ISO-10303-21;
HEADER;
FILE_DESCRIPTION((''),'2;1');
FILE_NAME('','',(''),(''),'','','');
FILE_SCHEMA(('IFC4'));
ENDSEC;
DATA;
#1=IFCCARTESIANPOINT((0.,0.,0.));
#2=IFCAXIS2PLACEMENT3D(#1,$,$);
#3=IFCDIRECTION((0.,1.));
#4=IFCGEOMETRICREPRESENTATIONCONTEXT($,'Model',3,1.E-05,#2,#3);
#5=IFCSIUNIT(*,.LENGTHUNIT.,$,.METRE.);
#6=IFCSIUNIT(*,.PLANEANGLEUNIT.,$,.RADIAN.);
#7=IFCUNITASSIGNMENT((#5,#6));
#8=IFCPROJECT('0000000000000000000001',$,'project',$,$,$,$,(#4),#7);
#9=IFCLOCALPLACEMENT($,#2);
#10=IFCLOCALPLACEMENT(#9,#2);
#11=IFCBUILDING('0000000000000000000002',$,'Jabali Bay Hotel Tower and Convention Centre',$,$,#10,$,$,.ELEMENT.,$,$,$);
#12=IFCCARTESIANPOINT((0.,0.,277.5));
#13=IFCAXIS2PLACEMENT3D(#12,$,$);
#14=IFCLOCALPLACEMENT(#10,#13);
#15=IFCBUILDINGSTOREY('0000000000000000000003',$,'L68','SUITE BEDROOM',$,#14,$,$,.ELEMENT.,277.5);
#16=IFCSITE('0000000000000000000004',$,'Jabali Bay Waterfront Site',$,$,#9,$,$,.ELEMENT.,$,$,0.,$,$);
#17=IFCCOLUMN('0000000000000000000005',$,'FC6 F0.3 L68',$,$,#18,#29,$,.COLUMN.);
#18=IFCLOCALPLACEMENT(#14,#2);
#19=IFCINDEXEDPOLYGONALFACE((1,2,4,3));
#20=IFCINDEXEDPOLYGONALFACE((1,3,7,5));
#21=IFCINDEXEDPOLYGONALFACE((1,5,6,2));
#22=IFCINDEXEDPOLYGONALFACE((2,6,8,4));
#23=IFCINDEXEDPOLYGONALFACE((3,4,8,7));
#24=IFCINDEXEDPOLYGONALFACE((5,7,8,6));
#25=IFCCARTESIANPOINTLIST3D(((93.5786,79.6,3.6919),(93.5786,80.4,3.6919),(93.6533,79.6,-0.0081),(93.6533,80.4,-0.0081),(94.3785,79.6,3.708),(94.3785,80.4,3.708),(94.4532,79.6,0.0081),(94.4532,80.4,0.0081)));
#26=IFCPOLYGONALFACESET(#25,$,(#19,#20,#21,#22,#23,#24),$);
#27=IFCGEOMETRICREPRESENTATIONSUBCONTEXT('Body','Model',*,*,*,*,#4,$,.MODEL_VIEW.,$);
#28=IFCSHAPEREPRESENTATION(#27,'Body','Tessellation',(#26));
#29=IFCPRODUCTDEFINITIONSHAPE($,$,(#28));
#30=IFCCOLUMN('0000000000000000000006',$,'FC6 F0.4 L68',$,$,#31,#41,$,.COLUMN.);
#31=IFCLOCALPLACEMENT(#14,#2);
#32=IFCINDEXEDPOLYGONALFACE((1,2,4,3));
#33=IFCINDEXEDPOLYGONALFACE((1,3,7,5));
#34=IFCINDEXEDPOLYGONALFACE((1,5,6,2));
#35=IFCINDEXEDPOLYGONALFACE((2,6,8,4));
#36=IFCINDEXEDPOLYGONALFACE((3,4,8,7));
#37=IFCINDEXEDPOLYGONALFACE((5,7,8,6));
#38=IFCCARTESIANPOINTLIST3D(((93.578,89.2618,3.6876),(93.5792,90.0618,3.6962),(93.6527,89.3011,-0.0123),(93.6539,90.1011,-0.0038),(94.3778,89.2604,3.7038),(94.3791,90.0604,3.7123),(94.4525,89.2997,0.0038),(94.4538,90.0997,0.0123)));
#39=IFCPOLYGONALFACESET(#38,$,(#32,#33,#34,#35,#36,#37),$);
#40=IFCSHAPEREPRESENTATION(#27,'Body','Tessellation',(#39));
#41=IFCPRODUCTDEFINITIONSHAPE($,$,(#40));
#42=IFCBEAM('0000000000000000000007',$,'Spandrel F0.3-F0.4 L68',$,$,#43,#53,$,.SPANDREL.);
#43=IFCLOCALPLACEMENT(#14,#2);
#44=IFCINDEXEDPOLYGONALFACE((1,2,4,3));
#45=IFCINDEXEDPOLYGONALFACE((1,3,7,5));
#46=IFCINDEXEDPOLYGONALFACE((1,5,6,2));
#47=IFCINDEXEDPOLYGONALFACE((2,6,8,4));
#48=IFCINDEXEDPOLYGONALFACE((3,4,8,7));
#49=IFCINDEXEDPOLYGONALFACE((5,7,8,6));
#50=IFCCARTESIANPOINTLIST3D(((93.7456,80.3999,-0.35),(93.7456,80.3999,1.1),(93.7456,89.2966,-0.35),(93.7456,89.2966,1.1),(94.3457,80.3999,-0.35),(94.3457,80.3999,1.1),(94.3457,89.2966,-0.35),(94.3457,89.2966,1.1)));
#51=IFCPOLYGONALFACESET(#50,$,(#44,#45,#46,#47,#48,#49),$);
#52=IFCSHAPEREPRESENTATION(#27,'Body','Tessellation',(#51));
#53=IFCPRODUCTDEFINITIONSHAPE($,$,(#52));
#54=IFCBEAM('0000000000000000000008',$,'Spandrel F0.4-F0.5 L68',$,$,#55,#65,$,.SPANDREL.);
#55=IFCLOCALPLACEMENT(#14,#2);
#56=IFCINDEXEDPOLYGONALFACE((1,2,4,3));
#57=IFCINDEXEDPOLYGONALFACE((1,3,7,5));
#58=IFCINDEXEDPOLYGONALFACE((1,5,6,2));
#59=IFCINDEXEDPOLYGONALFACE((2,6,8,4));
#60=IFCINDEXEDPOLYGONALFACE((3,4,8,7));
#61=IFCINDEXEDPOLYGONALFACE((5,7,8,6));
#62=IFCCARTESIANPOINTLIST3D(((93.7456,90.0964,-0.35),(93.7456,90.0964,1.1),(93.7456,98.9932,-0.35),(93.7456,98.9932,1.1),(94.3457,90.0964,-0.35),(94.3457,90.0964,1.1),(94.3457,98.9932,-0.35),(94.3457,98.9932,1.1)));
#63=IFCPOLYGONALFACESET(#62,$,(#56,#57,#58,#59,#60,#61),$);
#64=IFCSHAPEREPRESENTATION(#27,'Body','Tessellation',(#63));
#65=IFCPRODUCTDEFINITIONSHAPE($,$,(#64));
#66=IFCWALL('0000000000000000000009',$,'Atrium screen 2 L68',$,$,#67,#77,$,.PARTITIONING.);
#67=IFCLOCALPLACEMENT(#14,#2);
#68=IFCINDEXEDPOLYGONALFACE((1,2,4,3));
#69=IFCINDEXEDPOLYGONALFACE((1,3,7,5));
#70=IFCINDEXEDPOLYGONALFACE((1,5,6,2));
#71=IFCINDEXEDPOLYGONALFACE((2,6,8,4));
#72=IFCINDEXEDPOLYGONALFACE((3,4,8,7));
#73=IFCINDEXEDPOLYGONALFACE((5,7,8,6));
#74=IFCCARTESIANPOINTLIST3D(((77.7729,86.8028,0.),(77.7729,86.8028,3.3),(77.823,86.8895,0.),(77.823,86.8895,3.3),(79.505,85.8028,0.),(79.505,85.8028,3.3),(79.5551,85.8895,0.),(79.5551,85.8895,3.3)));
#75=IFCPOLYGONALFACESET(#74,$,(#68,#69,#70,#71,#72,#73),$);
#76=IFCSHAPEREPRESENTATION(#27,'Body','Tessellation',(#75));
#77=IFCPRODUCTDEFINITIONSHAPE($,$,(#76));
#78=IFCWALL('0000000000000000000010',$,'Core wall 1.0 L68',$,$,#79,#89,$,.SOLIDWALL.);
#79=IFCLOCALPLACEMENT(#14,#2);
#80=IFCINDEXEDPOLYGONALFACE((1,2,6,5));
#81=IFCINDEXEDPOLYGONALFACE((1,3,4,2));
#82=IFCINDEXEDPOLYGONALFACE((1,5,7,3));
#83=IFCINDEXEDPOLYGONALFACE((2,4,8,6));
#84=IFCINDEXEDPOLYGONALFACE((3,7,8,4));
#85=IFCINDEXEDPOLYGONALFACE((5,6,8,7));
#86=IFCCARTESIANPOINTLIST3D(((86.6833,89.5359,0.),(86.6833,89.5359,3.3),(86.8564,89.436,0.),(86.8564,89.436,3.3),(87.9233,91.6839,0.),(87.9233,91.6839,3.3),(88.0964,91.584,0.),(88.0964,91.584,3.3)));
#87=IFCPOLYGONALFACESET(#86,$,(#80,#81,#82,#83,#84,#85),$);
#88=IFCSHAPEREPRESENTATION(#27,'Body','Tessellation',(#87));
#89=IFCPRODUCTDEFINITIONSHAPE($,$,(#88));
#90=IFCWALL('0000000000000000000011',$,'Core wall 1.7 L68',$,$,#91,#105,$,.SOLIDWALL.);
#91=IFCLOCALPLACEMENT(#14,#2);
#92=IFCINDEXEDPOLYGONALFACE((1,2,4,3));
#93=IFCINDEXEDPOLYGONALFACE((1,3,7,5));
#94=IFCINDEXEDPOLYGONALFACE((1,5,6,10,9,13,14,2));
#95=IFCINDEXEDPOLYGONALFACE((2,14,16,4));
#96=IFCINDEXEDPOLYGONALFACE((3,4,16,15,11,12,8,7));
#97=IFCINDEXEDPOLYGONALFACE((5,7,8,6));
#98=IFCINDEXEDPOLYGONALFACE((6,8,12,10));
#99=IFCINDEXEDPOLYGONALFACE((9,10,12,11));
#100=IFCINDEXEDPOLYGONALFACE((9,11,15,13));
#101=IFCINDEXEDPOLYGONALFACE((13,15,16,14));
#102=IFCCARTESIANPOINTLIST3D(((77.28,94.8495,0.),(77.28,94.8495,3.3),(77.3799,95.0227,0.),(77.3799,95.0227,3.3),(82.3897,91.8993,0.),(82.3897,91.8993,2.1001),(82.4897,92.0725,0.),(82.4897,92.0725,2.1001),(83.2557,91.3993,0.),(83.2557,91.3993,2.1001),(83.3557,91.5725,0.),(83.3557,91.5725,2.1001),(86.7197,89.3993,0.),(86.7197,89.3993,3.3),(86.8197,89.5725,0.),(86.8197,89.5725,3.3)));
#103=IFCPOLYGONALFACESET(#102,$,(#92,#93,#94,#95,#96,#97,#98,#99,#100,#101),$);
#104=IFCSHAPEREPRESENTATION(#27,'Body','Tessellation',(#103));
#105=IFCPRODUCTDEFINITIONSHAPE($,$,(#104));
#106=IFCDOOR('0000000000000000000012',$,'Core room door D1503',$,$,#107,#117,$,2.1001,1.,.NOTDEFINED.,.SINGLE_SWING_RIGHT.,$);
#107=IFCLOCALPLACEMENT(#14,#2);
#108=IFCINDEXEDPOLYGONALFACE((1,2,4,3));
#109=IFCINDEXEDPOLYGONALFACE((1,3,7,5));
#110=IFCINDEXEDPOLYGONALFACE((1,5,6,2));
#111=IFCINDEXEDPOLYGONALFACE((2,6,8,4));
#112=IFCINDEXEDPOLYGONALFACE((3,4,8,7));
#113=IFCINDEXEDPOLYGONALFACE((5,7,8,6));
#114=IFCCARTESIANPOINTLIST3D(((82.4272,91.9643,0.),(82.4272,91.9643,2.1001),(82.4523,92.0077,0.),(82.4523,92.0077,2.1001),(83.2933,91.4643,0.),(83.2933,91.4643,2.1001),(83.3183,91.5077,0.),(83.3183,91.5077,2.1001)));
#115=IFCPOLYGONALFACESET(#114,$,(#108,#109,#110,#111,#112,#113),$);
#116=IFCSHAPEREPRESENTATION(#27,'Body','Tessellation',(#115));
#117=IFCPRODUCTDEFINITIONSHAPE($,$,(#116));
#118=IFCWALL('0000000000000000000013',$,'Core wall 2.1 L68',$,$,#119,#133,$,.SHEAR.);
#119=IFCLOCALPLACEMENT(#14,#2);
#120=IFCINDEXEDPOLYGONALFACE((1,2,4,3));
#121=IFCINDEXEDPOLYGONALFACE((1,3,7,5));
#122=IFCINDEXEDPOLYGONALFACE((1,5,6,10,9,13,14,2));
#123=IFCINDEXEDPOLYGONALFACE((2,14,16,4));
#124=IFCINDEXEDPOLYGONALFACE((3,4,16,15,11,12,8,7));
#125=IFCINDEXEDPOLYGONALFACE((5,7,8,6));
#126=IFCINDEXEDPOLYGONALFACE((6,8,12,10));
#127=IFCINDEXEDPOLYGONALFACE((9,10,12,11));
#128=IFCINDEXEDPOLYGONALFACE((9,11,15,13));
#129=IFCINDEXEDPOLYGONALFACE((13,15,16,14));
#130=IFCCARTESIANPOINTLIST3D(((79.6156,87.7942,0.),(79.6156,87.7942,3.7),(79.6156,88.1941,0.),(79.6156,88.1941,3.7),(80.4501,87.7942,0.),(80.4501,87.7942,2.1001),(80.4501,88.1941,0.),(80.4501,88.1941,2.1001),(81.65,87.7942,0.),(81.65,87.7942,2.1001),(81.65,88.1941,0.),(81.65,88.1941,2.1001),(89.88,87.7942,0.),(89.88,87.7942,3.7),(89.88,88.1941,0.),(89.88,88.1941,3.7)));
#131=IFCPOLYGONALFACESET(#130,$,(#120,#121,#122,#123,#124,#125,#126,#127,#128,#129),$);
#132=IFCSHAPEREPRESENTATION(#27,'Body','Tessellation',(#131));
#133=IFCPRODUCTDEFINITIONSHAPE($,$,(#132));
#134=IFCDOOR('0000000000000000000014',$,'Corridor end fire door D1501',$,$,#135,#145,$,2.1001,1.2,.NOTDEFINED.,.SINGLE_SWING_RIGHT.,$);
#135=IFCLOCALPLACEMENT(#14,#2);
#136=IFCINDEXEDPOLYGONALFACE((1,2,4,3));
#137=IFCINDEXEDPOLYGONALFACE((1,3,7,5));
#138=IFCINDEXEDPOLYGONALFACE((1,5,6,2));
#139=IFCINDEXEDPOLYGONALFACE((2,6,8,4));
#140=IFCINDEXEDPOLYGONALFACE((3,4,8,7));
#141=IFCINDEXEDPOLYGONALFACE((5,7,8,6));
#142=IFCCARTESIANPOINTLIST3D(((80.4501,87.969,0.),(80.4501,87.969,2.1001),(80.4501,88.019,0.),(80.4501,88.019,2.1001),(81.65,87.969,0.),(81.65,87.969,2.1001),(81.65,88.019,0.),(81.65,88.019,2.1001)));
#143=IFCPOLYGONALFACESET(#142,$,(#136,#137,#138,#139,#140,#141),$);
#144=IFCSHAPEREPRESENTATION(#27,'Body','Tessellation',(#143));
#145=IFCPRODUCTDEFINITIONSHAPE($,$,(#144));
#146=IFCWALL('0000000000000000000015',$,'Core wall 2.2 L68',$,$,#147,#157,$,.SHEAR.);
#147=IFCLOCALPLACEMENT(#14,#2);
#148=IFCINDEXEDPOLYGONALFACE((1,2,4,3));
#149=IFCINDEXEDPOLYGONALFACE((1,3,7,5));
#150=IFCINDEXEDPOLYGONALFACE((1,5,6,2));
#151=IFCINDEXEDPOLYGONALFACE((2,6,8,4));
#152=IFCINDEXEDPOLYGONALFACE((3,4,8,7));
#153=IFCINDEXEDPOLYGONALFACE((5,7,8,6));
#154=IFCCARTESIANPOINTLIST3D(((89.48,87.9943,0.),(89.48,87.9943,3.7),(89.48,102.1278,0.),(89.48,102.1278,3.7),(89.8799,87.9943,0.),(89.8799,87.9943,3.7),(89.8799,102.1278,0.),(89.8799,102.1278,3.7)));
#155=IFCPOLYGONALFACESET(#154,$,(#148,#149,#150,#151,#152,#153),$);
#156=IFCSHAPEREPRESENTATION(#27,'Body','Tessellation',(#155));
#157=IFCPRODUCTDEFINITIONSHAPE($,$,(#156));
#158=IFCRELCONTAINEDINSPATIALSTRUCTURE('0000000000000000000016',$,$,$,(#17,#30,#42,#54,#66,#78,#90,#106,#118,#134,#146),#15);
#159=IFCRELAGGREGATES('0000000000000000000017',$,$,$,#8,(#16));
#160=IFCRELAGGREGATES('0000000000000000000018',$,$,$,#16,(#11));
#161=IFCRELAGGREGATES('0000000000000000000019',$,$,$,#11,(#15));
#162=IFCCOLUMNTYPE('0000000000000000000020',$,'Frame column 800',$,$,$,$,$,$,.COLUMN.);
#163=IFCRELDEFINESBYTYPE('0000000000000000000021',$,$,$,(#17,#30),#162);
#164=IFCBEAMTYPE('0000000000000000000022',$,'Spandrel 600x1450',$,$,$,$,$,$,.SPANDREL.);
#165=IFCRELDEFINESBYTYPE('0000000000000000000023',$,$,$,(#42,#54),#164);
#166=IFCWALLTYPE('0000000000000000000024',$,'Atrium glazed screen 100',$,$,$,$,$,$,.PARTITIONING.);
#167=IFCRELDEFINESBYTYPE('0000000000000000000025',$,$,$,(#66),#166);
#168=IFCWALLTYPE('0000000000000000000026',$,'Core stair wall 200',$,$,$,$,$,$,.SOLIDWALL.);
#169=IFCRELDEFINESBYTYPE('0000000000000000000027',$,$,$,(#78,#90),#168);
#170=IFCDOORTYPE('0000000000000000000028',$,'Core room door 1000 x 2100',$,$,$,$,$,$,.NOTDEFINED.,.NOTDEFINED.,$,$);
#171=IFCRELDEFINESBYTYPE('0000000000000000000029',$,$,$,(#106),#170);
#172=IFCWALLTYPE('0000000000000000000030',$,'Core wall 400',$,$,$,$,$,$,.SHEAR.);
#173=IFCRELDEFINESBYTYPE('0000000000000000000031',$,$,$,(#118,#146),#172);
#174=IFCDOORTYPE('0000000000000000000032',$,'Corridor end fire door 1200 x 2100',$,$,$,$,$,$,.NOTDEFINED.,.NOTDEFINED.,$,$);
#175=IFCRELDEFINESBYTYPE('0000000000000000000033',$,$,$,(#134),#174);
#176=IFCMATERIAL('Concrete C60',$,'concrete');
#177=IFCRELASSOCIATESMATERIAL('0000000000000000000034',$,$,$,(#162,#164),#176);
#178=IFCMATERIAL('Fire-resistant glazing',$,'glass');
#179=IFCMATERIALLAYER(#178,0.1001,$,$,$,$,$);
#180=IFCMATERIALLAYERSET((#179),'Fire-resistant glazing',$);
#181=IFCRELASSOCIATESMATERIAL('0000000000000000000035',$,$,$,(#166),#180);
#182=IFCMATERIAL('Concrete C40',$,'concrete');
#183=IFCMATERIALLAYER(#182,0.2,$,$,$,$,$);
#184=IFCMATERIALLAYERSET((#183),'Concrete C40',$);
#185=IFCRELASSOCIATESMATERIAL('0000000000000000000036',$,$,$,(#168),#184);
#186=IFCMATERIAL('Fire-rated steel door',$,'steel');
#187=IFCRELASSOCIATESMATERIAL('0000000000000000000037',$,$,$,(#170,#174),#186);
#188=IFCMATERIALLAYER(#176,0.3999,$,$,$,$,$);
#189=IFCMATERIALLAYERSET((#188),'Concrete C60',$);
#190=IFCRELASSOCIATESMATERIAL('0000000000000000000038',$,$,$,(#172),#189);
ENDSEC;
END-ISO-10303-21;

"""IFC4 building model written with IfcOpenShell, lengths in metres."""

from ifc_helpers import new_model, si_unit, direction, frame, frame_2d, origin, origin_2d, place, context, subcontext, project, spatial, rectangle, extrude, material, layer, layer_set, material_profile, profile_set, type_object, element, fill, save


model = new_model("IFC4")

# Units and contexts
model_context = context("Model", 3, precision=1e-05, world=origin(), true_north=direction((0.0, 1.0)))
body_context = subcontext(model_context, "Body", "Model", "MODEL_VIEW")
ifc_project = project(units=[si_unit("LENGTHUNIT", "METRE"), si_unit("PLANEANGLEUNIT", "RADIAN")], contexts=[model_context])

# Site, building, storey
site_placement = place(None, origin())
site = spatial("IfcSite", under=ifc_project, at=site_placement, Name="Jabali Bay Waterfront Site", CompositionType="ELEMENT", RefElevation=0.0)
building_placement = place(site_placement, origin())
building = spatial("IfcBuilding", under=site, at=building_placement, Name="Jabali Bay Hotel Tower and Convention Centre", CompositionType="ELEMENT")
storey_placement = place(building_placement, frame((0.0, 0.0, 277.5)))
storey = spatial("IfcBuildingStorey", under=building, at=storey_placement, Name="L68", Description="SUITE BEDROOM", CompositionType="ELEMENT", Elevation=277.5)

# Columns
ifc_material_1 = material(Name="Concrete C60", Category="concrete")
ifc_material_profile_1 = material_profile(ifc_material_1, rectangle(XDim=0.8, YDim=0.8, at=origin_2d()), Name="Frame column 800")
ifc_profile_set_1 = profile_set([ifc_material_profile_1], Name="Concrete C60")
column_type = type_object("IfcColumnType", Name="Frame column 800", PredefinedType="COLUMN", material=ifc_profile_set_1)
column_1_placement = place(storey_placement, frame((94.0532, 80.0, 0.0), z_axis=(-0.020187, 0.0, 0.999796), x_axis=(0.0, -1.0, 0.0)))
element("IfcColumn", 1, at=column_1_placement, inside=storey, type_object=column_type, Name="FC6 F0.3 L68", PredefinedType="COLUMN", context=body_context, shape_type="SweptSolid", body=[
    extrude(rectangle(XDim=0.8, YDim=0.8, at=origin_2d()), origin(), (0.0, 0.0, 1.0), 3.7007),
])
column_2_placement = place(storey_placement, frame((94.0532, 89.7004, 0.0), z_axis=(-0.020186, -0.010621, 0.99974), x_axis=(0.999795, -0.001752, 0.020169)))
element("IfcColumn", 2, at=column_2_placement, inside=storey, type_object=column_type, Name="FC6 F0.4 L68", PredefinedType="COLUMN", context=body_context, shape_type="SweptSolid", body=[
    extrude(rectangle(XDim=0.8, YDim=0.8, at=origin_2d()), origin(), (0.0, 0.0, 1.0), 3.7009),
])

# Beams
ifc_material_profile_2 = material_profile(ifc_material_1, rectangle(XDim=0.6001, YDim=1.45, at=origin_2d()), Name="Spandrel 600x1450")
ifc_profile_set_2 = profile_set([ifc_material_profile_2], Name="Concrete C60")
beam_type = type_object("IfcBeamType", Name="Spandrel 600x1450", PredefinedType="SPANDREL", material=ifc_profile_set_2)
for number, where, z_axis, x_axis, name in (
    (3, (94.0457, 80.3999, 0.375), (0.0, 1.0, 0.0), (-1.0, 0.0, 0.0), "Spandrel F0.3-F0.4 L68"),
    (4, (94.0457, 90.0964, 0.375), (0.0, 1.0, 0.0), (-1.0, 0.0, 0.0), "Spandrel F0.4-F0.5 L68"),
):
    element("IfcBeam", number, at=place(storey_placement, frame(where, z_axis=z_axis, x_axis=x_axis)), inside=storey, type_object=beam_type, Name=name, PredefinedType="SPANDREL", context=body_context, shape_type="SweptSolid", body=[
        extrude(rectangle(XDim=0.6001, YDim=1.45, at=origin_2d()), origin(), (0.0, 0.0, 1.0), 8.8967),
    ])

# Walls
ifc_material_2 = material(Name="Fire-resistant glazing", Category="glass")
ifc_layer_1 = layer(ifc_material_2, 0.1001)
ifc_layer_set_1 = layer_set([ifc_layer_1], Name="Fire-resistant glazing")
wall_type_1 = type_object("IfcWallType", Name="Atrium glazed screen 100", PredefinedType="PARTITIONING", material=ifc_layer_set_1)
wall_1_placement = place(storey_placement, frame((79.53, 85.8462, 0.0), z_axis=(0.0, 0.0, 1.0), x_axis=(-0.866041, 0.499973, 0.0)))
element("IfcWall", 5, at=wall_1_placement, inside=storey, type_object=wall_type_1, Name="Atrium screen 2 L68", PredefinedType="PARTITIONING", context=body_context, shape_type="SweptSolid", body=[
    extrude(rectangle(XDim=2.0, YDim=0.1001, at=frame_2d((1.0, 0.0))), origin(), (0.0, 0.0, 1.0), 3.3),
])
ifc_material_3 = material(Name="Concrete C40", Category="concrete")
ifc_layer_2 = layer(ifc_material_3, 0.2)
ifc_layer_set_2 = layer_set([ifc_layer_2], Name="Concrete C40")
wall_type_2 = type_object("IfcWallType", Name="Core stair wall 200", PredefinedType="SOLIDWALL", material=ifc_layer_set_2)
wall_2_placement = place(storey_placement, frame((86.7698, 89.4858, 0.0), z_axis=(0.0, 0.0, 1.0), x_axis=(0.499961, 0.866048, 0.0)))
element("IfcWall", 6, at=wall_2_placement, inside=storey, type_object=wall_type_2, Name="Core wall 1.0 L68", PredefinedType="SOLIDWALL", context=body_context, shape_type="SweptSolid", body=[
    extrude(rectangle(XDim=2.4802, YDim=0.2, at=frame_2d((1.2402, 0.0))), origin(), (0.0, 0.0, 1.0), 3.3),
])

# Walls, openings, doors
wall_3_placement = place(storey_placement, frame((86.7698, 89.4858, 0.0), z_axis=(0.0, 0.0, 1.0), x_axis=(-0.866018, 0.500013, 0.0)))
wall_3 = element("IfcWall", 7, at=wall_3_placement, inside=storey, type_object=wall_type_2, Name="Core wall 1.7 L68", PredefinedType="SOLIDWALL", context=body_context, shape_type="SweptSolid", body=[
    extrude(rectangle(XDim=10.9001, YDim=0.2, at=frame_2d((5.4502, 0.0))), origin(), (0.0, 0.0, 1.0), 3.3),
])
opening_1_placement = place(wall_3_placement, frame((4.0, 0.0, 0.0)))
opening_1 = element("IfcOpeningElement", 8, at=opening_1_placement, cuts=wall_3, PredefinedType="OPENING", context=body_context, shape_type="SweptSolid", body=[
    extrude(rectangle(XDim=1.0, YDim=2.1001, at=frame_2d((0.5, 1.05))), frame((0.0, 0.1104, 0.0), z_axis=(0.0, -1.0, 0.0), x_axis=(1.0, 0.0, 0.0)), (0.0, 0.0, 1.0), 0.2209),
])
ifc_material_4 = material(Name="Fire-rated steel door", Category="steel")
door_type_1 = type_object("IfcDoorType", Name="Core room door 1000 x 2100", OperationType="NOTDEFINED", PredefinedType="NOTDEFINED", material=ifc_material_4)
door_1_placement = place(opening_1_placement, origin())
door_1 = element("IfcDoor", 9, at=door_1_placement, inside=storey, type_object=door_type_1, Name="Core room door D1503", OperationType="SINGLE_SWING_RIGHT", OverallHeight=2.1001, OverallWidth=1.0, PredefinedType="NOTDEFINED", context=body_context, shape_type="SweptSolid", body=[
    extrude(rectangle(XDim=1.0, YDim=2.1001, at=frame_2d((0.5, 1.05))), frame((0.0, 0.0249, 0.0), z_axis=(0.0, -1.0, 0.0), x_axis=(1.0, 0.0, 0.0)), (0.0, 0.0, 1.0), 0.05),
])
fill(opening_1, door_1)
ifc_layer_3 = layer(ifc_material_1, 0.3999)
ifc_layer_set_3 = layer_set([ifc_layer_3], Name="Concrete C60")
wall_type_3 = type_object("IfcWallType", Name="Core wall 400", PredefinedType="SHEAR", material=ifc_layer_set_3)
wall_4_placement = place(storey_placement, frame((79.6155, 87.9941, 0.0), z_axis=(0.0, 0.0, 1.0), x_axis=(1.0, 0.0, 0.0)))
wall_4 = element("IfcWall", 10, at=wall_4_placement, inside=storey, type_object=wall_type_3, Name="Core wall 2.1 L68", PredefinedType="SHEAR", context=body_context, shape_type="SweptSolid", body=[
    extrude(rectangle(XDim=10.2644, YDim=0.3999, at=frame_2d((5.1323, 0.0))), origin(), (0.0, 0.0, 1.0), 3.7),
])
opening_2_placement = place(wall_4_placement, frame((0.8345, 0.0, 0.0)))
opening_2 = element("IfcOpeningElement", 11, at=opening_2_placement, cuts=wall_4, PredefinedType="OPENING", context=body_context, shape_type="SweptSolid", body=[
    extrude(rectangle(XDim=1.2, YDim=2.1001, at=frame_2d((0.6001, 1.05))), frame((0.0, 0.2104, 0.0), z_axis=(0.0, -1.0, 0.0), x_axis=(1.0, 0.0, 0.0)), (0.0, 0.0, 1.0), 0.4209),
])
door_type_2 = type_object("IfcDoorType", Name="Corridor end fire door 1200 x 2100", OperationType="NOTDEFINED", PredefinedType="NOTDEFINED", material=ifc_material_4)
door_2_placement = place(opening_2_placement, origin())
door_2 = element("IfcDoor", 12, at=door_2_placement, inside=storey, type_object=door_type_2, Name="Corridor end fire door D1501", OperationType="SINGLE_SWING_RIGHT", OverallHeight=2.1001, OverallWidth=1.2, PredefinedType="NOTDEFINED", context=body_context, shape_type="SweptSolid", body=[
    extrude(rectangle(XDim=1.2, YDim=2.1001, at=frame_2d((0.6001, 1.05))), frame((0.0, 0.0249, 0.0), z_axis=(0.0, -1.0, 0.0), x_axis=(1.0, 0.0, 0.0)), (0.0, 0.0, 1.0), 0.05),
])
fill(opening_2, door_2)

# Wall
wall_5_placement = place(storey_placement, frame((89.6799, 87.9941, 0.0), z_axis=(0.0, 0.0, 1.0), x_axis=(0.0, 1.0, 0.0)))
element("IfcWall", 13, at=wall_5_placement, inside=storey, type_object=wall_type_3, Name="Core wall 2.2 L68", PredefinedType="SHEAR", context=body_context, shape_type="SweptSolid", body=[
    extrude(rectangle(XDim=14.1335, YDim=0.3999, at=frame_2d((7.0669, 0.0))), origin(), (0.0, 0.0, 1.0), 3.7),
])

save(model, "model.ifc")
